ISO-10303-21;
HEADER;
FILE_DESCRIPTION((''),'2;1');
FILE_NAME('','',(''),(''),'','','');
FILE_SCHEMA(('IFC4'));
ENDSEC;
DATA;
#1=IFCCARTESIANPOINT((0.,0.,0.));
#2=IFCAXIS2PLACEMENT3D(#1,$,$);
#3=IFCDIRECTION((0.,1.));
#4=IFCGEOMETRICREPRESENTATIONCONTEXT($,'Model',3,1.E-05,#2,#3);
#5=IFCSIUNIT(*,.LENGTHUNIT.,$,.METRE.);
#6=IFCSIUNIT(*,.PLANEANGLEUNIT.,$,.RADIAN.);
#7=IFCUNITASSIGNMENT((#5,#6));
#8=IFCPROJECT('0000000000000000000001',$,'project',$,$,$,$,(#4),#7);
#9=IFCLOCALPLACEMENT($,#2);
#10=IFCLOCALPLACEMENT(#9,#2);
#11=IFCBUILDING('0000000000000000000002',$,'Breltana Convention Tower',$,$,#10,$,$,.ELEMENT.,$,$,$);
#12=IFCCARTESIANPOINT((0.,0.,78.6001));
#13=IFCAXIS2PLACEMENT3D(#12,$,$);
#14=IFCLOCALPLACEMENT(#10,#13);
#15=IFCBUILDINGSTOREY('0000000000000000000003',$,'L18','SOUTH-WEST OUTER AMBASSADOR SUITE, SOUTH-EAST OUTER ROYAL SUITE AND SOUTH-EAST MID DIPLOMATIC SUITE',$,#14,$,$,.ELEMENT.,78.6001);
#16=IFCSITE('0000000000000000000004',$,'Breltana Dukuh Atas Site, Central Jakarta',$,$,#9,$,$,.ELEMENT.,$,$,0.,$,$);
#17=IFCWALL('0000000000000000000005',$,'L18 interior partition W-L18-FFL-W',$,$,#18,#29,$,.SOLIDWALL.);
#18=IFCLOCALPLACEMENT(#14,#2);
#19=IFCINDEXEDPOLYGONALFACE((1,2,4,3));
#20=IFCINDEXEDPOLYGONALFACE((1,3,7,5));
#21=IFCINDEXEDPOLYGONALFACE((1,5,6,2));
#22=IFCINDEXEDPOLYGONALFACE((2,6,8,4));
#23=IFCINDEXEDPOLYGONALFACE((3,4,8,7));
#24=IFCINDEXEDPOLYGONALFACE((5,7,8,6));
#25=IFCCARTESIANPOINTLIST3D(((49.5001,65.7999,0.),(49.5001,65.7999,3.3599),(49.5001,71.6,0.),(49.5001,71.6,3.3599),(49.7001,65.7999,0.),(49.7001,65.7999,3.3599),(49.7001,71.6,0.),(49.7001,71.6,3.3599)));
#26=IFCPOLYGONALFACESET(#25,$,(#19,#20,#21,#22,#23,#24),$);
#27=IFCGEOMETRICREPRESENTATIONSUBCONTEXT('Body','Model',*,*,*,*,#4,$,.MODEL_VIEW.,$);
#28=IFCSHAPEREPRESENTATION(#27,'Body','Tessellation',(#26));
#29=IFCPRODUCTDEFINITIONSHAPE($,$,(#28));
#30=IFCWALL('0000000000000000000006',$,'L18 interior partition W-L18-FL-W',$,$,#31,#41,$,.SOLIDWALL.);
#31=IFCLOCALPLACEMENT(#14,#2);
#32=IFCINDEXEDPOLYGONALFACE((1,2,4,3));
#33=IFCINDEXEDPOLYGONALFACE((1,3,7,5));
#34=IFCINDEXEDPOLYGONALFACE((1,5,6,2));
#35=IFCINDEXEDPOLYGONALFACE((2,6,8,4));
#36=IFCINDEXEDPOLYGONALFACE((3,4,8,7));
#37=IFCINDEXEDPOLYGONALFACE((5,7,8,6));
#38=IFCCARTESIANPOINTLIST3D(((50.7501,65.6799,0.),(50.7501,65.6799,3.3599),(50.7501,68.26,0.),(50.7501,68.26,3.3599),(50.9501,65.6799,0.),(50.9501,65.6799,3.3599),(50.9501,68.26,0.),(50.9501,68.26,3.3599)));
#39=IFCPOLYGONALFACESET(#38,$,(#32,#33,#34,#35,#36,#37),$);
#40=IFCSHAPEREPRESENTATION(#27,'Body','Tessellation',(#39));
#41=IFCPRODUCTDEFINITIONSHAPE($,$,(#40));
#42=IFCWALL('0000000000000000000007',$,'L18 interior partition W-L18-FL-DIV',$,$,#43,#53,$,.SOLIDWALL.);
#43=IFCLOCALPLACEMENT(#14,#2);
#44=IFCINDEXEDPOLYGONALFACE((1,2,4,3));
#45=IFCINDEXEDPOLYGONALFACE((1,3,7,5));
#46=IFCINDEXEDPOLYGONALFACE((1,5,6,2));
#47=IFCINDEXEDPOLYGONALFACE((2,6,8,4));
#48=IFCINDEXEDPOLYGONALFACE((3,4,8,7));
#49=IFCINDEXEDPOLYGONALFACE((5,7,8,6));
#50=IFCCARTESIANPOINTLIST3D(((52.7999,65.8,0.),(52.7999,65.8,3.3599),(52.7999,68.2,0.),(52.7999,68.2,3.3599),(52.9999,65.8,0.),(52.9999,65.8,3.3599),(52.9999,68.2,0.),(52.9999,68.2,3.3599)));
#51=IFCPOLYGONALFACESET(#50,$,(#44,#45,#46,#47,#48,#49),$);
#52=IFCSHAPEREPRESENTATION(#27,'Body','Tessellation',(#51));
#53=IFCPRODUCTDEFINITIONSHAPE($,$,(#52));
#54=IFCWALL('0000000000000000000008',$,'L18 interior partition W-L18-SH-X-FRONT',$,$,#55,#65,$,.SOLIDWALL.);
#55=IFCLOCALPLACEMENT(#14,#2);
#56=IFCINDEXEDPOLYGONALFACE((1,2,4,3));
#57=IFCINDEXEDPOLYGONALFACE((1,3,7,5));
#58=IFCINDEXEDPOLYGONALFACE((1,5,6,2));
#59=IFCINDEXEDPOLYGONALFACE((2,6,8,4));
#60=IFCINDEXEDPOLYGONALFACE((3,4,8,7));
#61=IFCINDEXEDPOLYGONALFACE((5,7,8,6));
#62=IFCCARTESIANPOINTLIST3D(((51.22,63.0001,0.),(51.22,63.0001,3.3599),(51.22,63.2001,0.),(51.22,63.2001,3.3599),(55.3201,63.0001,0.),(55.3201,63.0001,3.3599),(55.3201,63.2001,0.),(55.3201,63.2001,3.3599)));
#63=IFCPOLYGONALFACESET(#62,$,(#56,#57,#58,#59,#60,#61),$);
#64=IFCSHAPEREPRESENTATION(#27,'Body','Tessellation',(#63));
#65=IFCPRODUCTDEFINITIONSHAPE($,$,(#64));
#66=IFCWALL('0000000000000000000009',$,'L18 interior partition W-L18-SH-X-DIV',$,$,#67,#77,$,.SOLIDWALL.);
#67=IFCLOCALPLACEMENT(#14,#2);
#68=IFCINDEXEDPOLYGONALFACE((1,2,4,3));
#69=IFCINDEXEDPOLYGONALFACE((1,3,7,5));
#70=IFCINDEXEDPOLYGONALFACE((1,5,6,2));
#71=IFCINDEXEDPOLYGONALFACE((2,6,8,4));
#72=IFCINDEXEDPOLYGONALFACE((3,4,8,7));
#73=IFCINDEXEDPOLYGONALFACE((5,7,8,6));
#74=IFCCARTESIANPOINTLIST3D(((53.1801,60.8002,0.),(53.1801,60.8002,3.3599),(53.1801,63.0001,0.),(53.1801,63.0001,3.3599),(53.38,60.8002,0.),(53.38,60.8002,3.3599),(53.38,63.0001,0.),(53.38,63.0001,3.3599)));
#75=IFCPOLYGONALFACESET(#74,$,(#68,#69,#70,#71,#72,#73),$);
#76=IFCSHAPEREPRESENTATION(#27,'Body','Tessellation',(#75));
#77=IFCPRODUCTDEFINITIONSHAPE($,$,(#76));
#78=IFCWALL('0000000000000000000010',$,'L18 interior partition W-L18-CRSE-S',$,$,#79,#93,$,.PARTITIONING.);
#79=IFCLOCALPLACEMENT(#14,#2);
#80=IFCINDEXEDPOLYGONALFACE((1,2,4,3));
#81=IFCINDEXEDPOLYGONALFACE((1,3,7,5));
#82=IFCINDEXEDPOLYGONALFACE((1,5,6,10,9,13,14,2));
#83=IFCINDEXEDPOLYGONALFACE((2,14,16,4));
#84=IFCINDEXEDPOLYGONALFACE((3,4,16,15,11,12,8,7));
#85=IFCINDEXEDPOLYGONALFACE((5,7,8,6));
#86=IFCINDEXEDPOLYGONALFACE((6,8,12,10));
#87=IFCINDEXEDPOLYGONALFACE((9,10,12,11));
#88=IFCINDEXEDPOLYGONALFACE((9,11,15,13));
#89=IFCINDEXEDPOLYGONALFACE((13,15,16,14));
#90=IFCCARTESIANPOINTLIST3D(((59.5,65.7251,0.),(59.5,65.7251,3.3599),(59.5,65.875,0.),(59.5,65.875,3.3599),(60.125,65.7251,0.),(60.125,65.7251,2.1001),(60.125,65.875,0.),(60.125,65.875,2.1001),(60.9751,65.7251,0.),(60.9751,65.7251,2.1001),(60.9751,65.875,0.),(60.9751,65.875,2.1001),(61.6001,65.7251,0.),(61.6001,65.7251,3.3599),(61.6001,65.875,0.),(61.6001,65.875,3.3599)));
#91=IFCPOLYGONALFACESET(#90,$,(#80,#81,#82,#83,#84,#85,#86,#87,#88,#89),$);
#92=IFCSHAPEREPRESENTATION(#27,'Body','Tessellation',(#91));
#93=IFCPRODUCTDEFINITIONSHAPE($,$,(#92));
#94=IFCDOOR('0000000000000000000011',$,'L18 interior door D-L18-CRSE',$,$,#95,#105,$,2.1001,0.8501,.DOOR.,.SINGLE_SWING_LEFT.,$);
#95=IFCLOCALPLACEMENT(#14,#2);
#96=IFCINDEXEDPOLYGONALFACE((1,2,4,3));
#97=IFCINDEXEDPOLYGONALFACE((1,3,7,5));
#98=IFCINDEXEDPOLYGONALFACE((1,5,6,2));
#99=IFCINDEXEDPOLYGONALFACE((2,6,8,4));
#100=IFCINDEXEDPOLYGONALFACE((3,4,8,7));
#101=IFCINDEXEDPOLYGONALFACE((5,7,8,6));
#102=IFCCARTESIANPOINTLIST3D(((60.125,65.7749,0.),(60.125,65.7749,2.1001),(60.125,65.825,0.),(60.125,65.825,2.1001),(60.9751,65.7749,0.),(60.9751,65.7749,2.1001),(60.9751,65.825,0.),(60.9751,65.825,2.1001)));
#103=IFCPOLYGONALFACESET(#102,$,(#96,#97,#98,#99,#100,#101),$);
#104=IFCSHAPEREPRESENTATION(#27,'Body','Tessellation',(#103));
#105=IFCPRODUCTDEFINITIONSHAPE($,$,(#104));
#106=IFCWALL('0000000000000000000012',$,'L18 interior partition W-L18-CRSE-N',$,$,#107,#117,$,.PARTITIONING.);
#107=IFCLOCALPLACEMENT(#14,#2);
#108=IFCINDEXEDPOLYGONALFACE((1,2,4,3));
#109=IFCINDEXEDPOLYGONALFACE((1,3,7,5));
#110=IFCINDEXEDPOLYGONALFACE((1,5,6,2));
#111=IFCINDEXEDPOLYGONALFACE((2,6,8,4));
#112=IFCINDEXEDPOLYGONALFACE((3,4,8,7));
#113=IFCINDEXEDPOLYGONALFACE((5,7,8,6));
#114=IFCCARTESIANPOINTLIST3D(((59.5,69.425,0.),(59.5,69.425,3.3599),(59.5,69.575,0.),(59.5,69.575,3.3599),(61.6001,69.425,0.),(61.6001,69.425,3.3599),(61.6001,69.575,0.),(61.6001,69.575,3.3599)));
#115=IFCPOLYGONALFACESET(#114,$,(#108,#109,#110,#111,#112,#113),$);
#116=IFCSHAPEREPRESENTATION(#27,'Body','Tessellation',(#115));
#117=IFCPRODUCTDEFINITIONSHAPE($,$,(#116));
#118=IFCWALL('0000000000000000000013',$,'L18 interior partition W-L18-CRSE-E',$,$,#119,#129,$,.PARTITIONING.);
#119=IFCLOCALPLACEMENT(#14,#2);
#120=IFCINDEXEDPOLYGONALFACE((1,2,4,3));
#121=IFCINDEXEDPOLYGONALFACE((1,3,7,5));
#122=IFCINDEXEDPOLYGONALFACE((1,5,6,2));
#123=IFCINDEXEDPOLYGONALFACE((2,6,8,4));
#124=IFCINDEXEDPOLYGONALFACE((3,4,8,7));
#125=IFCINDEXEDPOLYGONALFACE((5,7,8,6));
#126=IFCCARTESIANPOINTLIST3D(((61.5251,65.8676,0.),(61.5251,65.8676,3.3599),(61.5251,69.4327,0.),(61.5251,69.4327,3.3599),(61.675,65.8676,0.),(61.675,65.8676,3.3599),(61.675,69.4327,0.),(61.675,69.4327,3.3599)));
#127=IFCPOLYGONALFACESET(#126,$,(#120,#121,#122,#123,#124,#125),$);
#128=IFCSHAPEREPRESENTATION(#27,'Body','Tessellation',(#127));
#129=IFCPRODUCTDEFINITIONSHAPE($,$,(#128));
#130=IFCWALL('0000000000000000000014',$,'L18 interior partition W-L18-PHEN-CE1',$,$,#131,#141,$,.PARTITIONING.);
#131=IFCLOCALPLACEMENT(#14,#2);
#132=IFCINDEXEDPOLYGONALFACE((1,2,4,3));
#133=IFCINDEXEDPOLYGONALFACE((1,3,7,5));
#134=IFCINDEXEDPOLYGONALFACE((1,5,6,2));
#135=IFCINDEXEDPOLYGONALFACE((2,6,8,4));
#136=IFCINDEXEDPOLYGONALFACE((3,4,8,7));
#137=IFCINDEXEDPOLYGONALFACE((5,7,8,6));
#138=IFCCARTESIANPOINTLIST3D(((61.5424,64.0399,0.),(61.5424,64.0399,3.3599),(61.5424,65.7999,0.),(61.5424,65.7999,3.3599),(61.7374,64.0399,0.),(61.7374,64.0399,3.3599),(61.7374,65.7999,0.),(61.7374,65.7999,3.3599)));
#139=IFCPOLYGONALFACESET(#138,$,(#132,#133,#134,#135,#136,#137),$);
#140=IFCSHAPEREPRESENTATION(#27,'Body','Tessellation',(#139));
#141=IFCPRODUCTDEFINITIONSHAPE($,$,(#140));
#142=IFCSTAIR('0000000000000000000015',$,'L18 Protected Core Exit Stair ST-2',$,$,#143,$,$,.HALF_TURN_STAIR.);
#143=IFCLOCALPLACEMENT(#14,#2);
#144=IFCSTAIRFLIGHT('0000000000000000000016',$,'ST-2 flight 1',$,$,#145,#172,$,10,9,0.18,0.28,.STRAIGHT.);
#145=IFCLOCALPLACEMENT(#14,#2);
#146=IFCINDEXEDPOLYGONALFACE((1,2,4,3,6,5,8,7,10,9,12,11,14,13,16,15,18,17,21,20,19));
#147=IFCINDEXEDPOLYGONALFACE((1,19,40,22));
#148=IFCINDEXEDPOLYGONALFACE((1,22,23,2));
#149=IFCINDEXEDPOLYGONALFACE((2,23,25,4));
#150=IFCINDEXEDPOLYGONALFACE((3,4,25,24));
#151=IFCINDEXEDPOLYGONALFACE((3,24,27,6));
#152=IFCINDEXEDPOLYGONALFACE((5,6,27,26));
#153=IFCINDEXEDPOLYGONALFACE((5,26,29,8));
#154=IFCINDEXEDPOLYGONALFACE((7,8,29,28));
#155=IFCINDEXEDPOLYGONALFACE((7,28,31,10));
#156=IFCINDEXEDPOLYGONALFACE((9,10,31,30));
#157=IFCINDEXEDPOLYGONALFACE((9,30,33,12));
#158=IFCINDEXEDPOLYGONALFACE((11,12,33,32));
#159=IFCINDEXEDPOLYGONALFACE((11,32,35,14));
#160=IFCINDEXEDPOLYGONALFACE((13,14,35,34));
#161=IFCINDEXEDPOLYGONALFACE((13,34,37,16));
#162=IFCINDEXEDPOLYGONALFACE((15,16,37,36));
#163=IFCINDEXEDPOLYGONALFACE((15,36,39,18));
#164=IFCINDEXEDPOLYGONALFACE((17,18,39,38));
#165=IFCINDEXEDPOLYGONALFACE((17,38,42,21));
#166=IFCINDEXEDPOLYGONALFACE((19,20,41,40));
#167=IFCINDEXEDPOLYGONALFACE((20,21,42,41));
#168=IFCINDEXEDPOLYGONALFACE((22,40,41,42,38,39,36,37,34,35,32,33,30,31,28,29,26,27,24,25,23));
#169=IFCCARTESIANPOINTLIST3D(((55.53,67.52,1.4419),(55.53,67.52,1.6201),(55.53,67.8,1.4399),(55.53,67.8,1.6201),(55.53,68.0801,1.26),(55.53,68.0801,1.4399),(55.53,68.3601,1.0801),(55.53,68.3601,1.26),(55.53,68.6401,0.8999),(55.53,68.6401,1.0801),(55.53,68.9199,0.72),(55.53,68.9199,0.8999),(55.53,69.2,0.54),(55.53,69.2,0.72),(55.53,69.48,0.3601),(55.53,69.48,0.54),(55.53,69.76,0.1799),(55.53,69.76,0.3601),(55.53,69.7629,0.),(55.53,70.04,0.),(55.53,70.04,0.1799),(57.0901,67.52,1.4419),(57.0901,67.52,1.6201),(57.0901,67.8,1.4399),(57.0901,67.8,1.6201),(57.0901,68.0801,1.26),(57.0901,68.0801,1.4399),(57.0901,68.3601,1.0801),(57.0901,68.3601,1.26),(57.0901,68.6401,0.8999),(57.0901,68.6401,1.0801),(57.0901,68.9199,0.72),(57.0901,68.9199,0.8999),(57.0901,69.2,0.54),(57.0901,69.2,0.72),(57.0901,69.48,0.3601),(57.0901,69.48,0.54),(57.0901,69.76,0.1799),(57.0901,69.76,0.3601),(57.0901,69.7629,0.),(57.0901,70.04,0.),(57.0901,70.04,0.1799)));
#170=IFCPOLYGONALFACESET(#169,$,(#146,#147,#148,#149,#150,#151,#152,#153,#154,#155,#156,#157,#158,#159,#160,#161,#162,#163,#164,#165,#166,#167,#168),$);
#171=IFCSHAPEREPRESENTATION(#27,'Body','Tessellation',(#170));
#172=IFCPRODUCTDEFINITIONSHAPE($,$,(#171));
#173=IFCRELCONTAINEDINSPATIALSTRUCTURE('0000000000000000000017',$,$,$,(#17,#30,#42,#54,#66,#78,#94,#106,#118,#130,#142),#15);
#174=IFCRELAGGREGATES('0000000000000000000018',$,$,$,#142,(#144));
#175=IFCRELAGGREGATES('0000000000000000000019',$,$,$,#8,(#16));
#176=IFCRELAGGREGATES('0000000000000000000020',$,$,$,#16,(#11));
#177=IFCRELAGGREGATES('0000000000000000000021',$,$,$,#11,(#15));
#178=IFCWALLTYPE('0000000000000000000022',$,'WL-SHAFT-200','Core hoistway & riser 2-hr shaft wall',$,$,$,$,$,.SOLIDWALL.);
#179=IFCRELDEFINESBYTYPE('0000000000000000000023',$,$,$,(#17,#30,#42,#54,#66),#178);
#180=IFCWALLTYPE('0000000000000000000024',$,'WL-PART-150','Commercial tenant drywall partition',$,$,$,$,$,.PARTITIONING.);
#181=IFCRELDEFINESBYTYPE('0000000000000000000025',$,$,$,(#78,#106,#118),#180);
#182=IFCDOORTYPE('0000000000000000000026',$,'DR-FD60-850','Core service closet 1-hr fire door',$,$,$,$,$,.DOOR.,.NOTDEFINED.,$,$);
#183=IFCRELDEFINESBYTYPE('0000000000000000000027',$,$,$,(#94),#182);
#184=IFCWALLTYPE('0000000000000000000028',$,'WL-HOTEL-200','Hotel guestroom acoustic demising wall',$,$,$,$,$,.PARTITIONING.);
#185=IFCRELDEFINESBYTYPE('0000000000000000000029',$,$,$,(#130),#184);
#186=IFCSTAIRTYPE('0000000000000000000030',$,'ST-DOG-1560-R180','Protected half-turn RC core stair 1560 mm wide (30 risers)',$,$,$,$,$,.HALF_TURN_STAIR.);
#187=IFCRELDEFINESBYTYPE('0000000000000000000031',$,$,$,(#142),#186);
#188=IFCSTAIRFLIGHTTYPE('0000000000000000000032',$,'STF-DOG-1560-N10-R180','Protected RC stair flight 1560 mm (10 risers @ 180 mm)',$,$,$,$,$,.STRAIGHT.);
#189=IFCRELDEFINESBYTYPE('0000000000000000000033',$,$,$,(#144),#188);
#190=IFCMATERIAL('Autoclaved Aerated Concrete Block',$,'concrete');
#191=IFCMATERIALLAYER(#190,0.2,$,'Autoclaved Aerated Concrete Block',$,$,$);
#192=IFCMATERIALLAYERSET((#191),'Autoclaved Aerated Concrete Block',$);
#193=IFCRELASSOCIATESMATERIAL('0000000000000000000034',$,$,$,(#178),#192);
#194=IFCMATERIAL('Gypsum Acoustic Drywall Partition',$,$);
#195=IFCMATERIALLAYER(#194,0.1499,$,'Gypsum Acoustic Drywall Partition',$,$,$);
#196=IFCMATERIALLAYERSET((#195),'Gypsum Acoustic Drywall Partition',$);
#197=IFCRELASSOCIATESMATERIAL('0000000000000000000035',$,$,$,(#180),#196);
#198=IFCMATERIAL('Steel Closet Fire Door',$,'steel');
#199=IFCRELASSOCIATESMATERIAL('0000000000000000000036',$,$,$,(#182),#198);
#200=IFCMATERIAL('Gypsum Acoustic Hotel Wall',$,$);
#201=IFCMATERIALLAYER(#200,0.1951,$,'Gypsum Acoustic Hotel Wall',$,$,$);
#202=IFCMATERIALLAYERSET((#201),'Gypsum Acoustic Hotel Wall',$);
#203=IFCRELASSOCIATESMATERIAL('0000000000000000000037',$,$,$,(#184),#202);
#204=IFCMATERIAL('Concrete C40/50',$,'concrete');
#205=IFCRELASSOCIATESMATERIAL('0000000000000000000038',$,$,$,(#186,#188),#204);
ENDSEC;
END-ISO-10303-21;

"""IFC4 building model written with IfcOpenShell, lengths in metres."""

from ifc_helpers import new_model, si_unit, direction, frame, frame_2d, origin, place, context, subcontext, project, spatial, polyline, rectangle, outline, extrude, source, transform, mapped, material, layer, layer_set, type_object, type_shapes, element, fill, aggregate, save


model = new_model("IFC4")

# Units and contexts
model_context = context("Model", 3, precision=1e-05, world=origin(), true_north=direction((0.0, 1.0)))
body_context = subcontext(model_context, "Body", "Model", "MODEL_VIEW")
ifc_project = project(units=[si_unit("LENGTHUNIT", "METRE"), si_unit("PLANEANGLEUNIT", "RADIAN")], contexts=[model_context])

# Site, building, storey
site_placement = place(None, origin())
site = spatial("IfcSite", under=ifc_project, at=site_placement, Name="Breltana Dukuh Atas Site, Central Jakarta", CompositionType="ELEMENT", RefElevation=0.0)
building_placement = place(site_placement, origin())
building = spatial("IfcBuilding", under=site, at=building_placement, Name="Breltana Convention Tower", CompositionType="ELEMENT")
storey_placement = place(building_placement, frame((0.0, 0.0, 78.6001)))
storey = spatial("IfcBuildingStorey", under=building, at=storey_placement, Name="L18", Description="SOUTH-WEST OUTER AMBASSADOR SUITE, SOUTH-EAST OUTER ROYAL SUITE AND SOUTH-EAST MID DIPLOMATIC SUITE", CompositionType="ELEMENT", Elevation=78.6001)

# Shared definitions
ifc_material_1 = material(Name="Autoclaved Aerated Concrete Block", Category="concrete")
ifc_layer_1 = layer(ifc_material_1, 0.2, Name="Autoclaved Aerated Concrete Block")
ifc_layer_set_1 = layer_set([ifc_layer_1], Name="Autoclaved Aerated Concrete Block")
wall_type_1 = type_object("IfcWallType", Name="WL-SHAFT-200", Description="Core hoistway & riser 2-hr shaft wall", PredefinedType="SOLIDWALL", material=ifc_layer_set_1)

# Walls
shared_shape_1 = source(origin(), body_context, "Body", "SweptSolid", [
    extrude(rectangle(XDim=5.8, YDim=0.2, at=frame_2d((2.8999, 0.0))), origin(), (0.0, 0.0, 1.0), 3.3599),
])
wall_1_placement = place(storey_placement, frame((49.6001, 65.8, 0.0), z_axis=(0.0, 0.0, 1.0), x_axis=(0.0, 1.0, 0.0)))
element("IfcWall", 1, at=wall_1_placement, inside=storey, type_object=wall_type_1, Name="L18 interior partition W-L18-FFL-W", PredefinedType="SOLIDWALL", context=body_context, shape_type="MappedRepresentation", body=[
    mapped(shared_shape_1, transform((0.0, 0.0, 0.0), scale=1.0)),
])
shared_shape_2 = source(origin(), body_context, "Body", "SweptSolid", [
    extrude(rectangle(XDim=2.5801, YDim=0.2, at=frame_2d((1.29, 0.0))), origin(), (0.0, 0.0, 1.0), 3.3599),
])
wall_2_placement = place(storey_placement, frame((50.8501, 65.6799, 0.0), z_axis=(0.0, 0.0, 1.0), x_axis=(0.0, 1.0, 0.0)))
element("IfcWall", 2, at=wall_2_placement, inside=storey, type_object=wall_type_1, Name="L18 interior partition W-L18-FL-W", PredefinedType="SOLIDWALL", context=body_context, shape_type="MappedRepresentation", body=[
    mapped(shared_shape_2, transform((0.0, 0.0, 0.0), scale=1.0)),
])
shared_shape_3 = source(origin(), body_context, "Body", "SweptSolid", [
    extrude(rectangle(XDim=2.3999, YDim=0.2, at=frame_2d((1.2, 0.0))), origin(), (0.0, 0.0, 1.0), 3.3599),
])
wall_3_placement = place(storey_placement, frame((52.8999, 65.8, 0.0), z_axis=(0.0, 0.0, 1.0), x_axis=(0.0, 1.0, 0.0)))
element("IfcWall", 3, at=wall_3_placement, inside=storey, type_object=wall_type_1, Name="L18 interior partition W-L18-FL-DIV", PredefinedType="SOLIDWALL", context=body_context, shape_type="MappedRepresentation", body=[
    mapped(shared_shape_3, transform((0.0, 0.0, 0.0), scale=1.0)),
])
shared_shape_4 = source(origin(), body_context, "Body", "SweptSolid", [
    extrude(rectangle(XDim=4.1001, YDim=0.2, at=frame_2d((2.05, 0.0))), origin(), (0.0, 0.0, 1.0), 3.3599),
])
wall_4_placement = place(storey_placement, frame((51.22, 63.1001, 0.0), z_axis=(0.0, 0.0, 1.0), x_axis=(1.0, 0.0, 0.0)))
element("IfcWall", 4, at=wall_4_placement, inside=storey, type_object=wall_type_1, Name="L18 interior partition W-L18-SH-X-FRONT", PredefinedType="SOLIDWALL", context=body_context, shape_type="MappedRepresentation", body=[
    mapped(shared_shape_4, transform((0.0, 0.0, 0.0), scale=1.0)),
])
shared_shape_5 = source(origin(), body_context, "Body", "SweptSolid", [
    extrude(rectangle(XDim=2.2, YDim=0.2, at=frame_2d((1.1001, 0.0))), origin(), (0.0, 0.0, 1.0), 3.3599),
])
wall_5_placement = place(storey_placement, frame((53.28, 60.8, 0.0), z_axis=(0.0, 0.0, 1.0), x_axis=(0.0, 1.0, 0.0)))
element("IfcWall", 5, at=wall_5_placement, inside=storey, type_object=wall_type_1, Name="L18 interior partition W-L18-SH-X-DIV", PredefinedType="SOLIDWALL", context=body_context, shape_type="MappedRepresentation", body=[
    mapped(shared_shape_5, transform((0.0, 0.0, 0.0), scale=1.0)),
])

# Wall, opening, door
ifc_material_2 = material(Name="Gypsum Acoustic Drywall Partition")
ifc_layer_2 = layer(ifc_material_2, 0.1499, Name="Gypsum Acoustic Drywall Partition")
ifc_layer_set_2 = layer_set([ifc_layer_2], Name="Gypsum Acoustic Drywall Partition")
wall_type_2 = type_object("IfcWallType", Name="WL-PART-150", Description="Commercial tenant drywall partition", PredefinedType="PARTITIONING", material=ifc_layer_set_2)
shared_shape_6 = source(origin(), body_context, "Body", "SweptSolid", [
    extrude(rectangle(XDim=2.1001, YDim=0.1499, at=frame_2d((1.05, 0.0))), origin(), (0.0, 0.0, 1.0), 3.3599),
])
wall_6_placement = place(storey_placement, frame((59.5, 65.8, 0.0), z_axis=(0.0, 0.0, 1.0), x_axis=(1.0, 0.0, 0.0)))
wall_6 = element("IfcWall", 6, at=wall_6_placement, inside=storey, type_object=wall_type_2, Name="L18 interior partition W-L18-CRSE-S", PredefinedType="PARTITIONING", context=body_context, shape_type="MappedRepresentation", body=[
    mapped(shared_shape_6, transform((0.0, 0.0, 0.0), scale=1.0)),
])
opening_1_placement = place(wall_6_placement, frame((0.625, 0.0, 0.0)))
opening_1 = element("IfcOpeningElement", 7, at=opening_1_placement, cuts=wall_6, PredefinedType="OPENING", context=body_context, shape_type="SweptSolid", body=[
    extrude(rectangle(XDim=0.8501, YDim=2.1001, at=frame_2d((0.425, 1.05))), frame((0.0, 0.085, 0.0), z_axis=(0.0, -1.0, 0.0), x_axis=(1.0, 0.0, 0.0)), (0.0, 0.0, 1.0), 0.1699),
])
ifc_material_3 = material(Name="Steel Closet Fire Door", Category="steel")
door_type_1 = type_object("IfcDoorType", Name="DR-FD60-850", Description="Core service closet 1-hr fire door", OperationType="NOTDEFINED", PredefinedType="DOOR", material=ifc_material_3)
shared_shape_7 = source(origin(), body_context, "Body", "SweptSolid", [
    extrude(rectangle(XDim=0.8501, YDim=2.1001, at=frame_2d((0.425, 1.05))), frame((0.0, 0.0249, 0.0), z_axis=(0.0, -1.0, 0.0), x_axis=(1.0, 0.0, 0.0)), (0.0, 0.0, 1.0), 0.05),
])
type_shapes(door_type_1, [shared_shape_7])
door_1_placement = place(opening_1_placement, origin())
door_1 = element("IfcDoor", 8, at=door_1_placement, inside=storey, type_object=door_type_1, Name="L18 interior door D-L18-CRSE", OperationType="SINGLE_SWING_LEFT", OverallHeight=2.1001, OverallWidth=0.8501, PredefinedType="DOOR", context=body_context, shape_type="MappedRepresentation", body=[
    mapped(shared_shape_7, transform((0.0, 0.0, 0.0), scale=1.0)),
])
fill(opening_1, door_1)

# Walls
wall_7_placement = place(storey_placement, frame((59.5, 69.5, 0.0), z_axis=(0.0, 0.0, 1.0), x_axis=(1.0, 0.0, 0.0)))
element("IfcWall", 9, at=wall_7_placement, inside=storey, type_object=wall_type_2, Name="L18 interior partition W-L18-CRSE-N", PredefinedType="PARTITIONING", context=body_context, shape_type="MappedRepresentation", body=[
    mapped(shared_shape_6, transform((0.0, 0.0, 0.0), scale=1.0)),
])
shared_shape_8 = source(origin(), body_context, "Body", "SweptSolid", [
    extrude(rectangle(XDim=3.5652, YDim=0.1499, at=frame_2d((1.7827, 0.0))), origin(), (0.0, 0.0, 1.0), 3.3599),
])
wall_8_placement = place(storey_placement, frame((61.6001, 65.8674, 0.0), z_axis=(0.0, 0.0, 1.0), x_axis=(0.0, 1.0, 0.0)))
element("IfcWall", 10, at=wall_8_placement, inside=storey, type_object=wall_type_2, Name="L18 interior partition W-L18-CRSE-E", PredefinedType="PARTITIONING", context=body_context, shape_type="MappedRepresentation", body=[
    mapped(shared_shape_8, transform((0.0, 0.0, 0.0), scale=1.0)),
])
ifc_material_4 = material(Name="Gypsum Acoustic Hotel Wall")
ifc_layer_3 = layer(ifc_material_4, 0.1951, Name="Gypsum Acoustic Hotel Wall")
ifc_layer_set_3 = layer_set([ifc_layer_3], Name="Gypsum Acoustic Hotel Wall")
wall_type_3 = type_object("IfcWallType", Name="WL-HOTEL-200", Description="Hotel guestroom acoustic demising wall", PredefinedType="PARTITIONING", material=ifc_layer_set_3)
shared_shape_9 = source(origin(), body_context, "Body", "SweptSolid", [
    extrude(rectangle(XDim=1.76, YDim=0.1951, at=frame_2d((0.8799, 0.0))), origin(), (0.0, 0.0, 1.0), 3.3599),
])
wall_9_placement = place(storey_placement, frame((61.6399, 64.04, 0.0), z_axis=(0.0, 0.0, 1.0), x_axis=(0.0, 1.0, 0.0)))
element("IfcWall", 11, at=wall_9_placement, inside=storey, type_object=wall_type_3, Name="L18 interior partition W-L18-PHEN-CE1", PredefinedType="PARTITIONING", context=body_context, shape_type="MappedRepresentation", body=[
    mapped(shared_shape_9, transform((0.0, 0.0, 0.0), scale=1.0)),
])

# Stair, stair flight
ifc_material_5 = material(Name="Concrete C40/50", Category="concrete")
stair_type = type_object("IfcStairType", Name="ST-DOG-1560-R180", Description="Protected half-turn RC core stair 1560 mm wide (30 risers)", PredefinedType="HALF_TURN_STAIR", material=ifc_material_5)
stair_placement = place(storey_placement, origin())
stair = element("IfcStair", 12, at=stair_placement, inside=storey, type_object=stair_type, Name="L18 Protected Core Exit Stair ST-2", PredefinedType="HALF_TURN_STAIR")
stair_flight_type = type_object("IfcStairFlightType", Name="STF-DOG-1560-N10-R180", Description="Protected RC stair flight 1560 mm (10 risers @ 180 mm)", PredefinedType="STRAIGHT", material=ifc_material_5)
stair_flight_1_placement = place(storey_placement, frame((56.3101, 70.04, 0.0), z_axis=(0.0, 0.0, 1.0), x_axis=(0.0, -1.0, 0.0)))
stair_flight_1 = element("IfcStairFlight", 13, at=stair_flight_1_placement, type_object=stair_flight_type, Name="ST-2 flight 1", NumberOfRisers=10, NumberOfTreads=9, PredefinedType="STRAIGHT", RiserHeight=0.18, TreadLength=0.28, context=body_context, shape_type="SweptSolid", body=[
    extrude(outline(polyline([(0.0, 0.0), (0.0, 0.1799), (0.28, 0.1799), (0.28, 0.3601), (0.5601, 0.3601), (0.5601, 0.54), (0.8401, 0.54), (0.8401, 0.72), (1.1201, 0.72), (1.1201, 0.8999), (1.3999, 0.8999), (1.3999, 1.0801), (1.6799, 1.0801), (1.6799, 1.26), (1.96, 1.26), (1.96, 1.4399), (2.24, 1.4399), (2.24, 1.6201), (2.52, 1.6201), (2.52, 1.8), (2.52, 1.4419), (0.2771, 0.0), (0.0, 0.0)])), frame((0.0, 0.78, 0.0), z_axis=(0.0, -1.0, 0.0), x_axis=(1.0, 0.0, 0.0)), (0.0, 0.0, 1.0), 1.5601),
])
aggregate(stair, [stair_flight_1])

save(model, "model.ifc")
